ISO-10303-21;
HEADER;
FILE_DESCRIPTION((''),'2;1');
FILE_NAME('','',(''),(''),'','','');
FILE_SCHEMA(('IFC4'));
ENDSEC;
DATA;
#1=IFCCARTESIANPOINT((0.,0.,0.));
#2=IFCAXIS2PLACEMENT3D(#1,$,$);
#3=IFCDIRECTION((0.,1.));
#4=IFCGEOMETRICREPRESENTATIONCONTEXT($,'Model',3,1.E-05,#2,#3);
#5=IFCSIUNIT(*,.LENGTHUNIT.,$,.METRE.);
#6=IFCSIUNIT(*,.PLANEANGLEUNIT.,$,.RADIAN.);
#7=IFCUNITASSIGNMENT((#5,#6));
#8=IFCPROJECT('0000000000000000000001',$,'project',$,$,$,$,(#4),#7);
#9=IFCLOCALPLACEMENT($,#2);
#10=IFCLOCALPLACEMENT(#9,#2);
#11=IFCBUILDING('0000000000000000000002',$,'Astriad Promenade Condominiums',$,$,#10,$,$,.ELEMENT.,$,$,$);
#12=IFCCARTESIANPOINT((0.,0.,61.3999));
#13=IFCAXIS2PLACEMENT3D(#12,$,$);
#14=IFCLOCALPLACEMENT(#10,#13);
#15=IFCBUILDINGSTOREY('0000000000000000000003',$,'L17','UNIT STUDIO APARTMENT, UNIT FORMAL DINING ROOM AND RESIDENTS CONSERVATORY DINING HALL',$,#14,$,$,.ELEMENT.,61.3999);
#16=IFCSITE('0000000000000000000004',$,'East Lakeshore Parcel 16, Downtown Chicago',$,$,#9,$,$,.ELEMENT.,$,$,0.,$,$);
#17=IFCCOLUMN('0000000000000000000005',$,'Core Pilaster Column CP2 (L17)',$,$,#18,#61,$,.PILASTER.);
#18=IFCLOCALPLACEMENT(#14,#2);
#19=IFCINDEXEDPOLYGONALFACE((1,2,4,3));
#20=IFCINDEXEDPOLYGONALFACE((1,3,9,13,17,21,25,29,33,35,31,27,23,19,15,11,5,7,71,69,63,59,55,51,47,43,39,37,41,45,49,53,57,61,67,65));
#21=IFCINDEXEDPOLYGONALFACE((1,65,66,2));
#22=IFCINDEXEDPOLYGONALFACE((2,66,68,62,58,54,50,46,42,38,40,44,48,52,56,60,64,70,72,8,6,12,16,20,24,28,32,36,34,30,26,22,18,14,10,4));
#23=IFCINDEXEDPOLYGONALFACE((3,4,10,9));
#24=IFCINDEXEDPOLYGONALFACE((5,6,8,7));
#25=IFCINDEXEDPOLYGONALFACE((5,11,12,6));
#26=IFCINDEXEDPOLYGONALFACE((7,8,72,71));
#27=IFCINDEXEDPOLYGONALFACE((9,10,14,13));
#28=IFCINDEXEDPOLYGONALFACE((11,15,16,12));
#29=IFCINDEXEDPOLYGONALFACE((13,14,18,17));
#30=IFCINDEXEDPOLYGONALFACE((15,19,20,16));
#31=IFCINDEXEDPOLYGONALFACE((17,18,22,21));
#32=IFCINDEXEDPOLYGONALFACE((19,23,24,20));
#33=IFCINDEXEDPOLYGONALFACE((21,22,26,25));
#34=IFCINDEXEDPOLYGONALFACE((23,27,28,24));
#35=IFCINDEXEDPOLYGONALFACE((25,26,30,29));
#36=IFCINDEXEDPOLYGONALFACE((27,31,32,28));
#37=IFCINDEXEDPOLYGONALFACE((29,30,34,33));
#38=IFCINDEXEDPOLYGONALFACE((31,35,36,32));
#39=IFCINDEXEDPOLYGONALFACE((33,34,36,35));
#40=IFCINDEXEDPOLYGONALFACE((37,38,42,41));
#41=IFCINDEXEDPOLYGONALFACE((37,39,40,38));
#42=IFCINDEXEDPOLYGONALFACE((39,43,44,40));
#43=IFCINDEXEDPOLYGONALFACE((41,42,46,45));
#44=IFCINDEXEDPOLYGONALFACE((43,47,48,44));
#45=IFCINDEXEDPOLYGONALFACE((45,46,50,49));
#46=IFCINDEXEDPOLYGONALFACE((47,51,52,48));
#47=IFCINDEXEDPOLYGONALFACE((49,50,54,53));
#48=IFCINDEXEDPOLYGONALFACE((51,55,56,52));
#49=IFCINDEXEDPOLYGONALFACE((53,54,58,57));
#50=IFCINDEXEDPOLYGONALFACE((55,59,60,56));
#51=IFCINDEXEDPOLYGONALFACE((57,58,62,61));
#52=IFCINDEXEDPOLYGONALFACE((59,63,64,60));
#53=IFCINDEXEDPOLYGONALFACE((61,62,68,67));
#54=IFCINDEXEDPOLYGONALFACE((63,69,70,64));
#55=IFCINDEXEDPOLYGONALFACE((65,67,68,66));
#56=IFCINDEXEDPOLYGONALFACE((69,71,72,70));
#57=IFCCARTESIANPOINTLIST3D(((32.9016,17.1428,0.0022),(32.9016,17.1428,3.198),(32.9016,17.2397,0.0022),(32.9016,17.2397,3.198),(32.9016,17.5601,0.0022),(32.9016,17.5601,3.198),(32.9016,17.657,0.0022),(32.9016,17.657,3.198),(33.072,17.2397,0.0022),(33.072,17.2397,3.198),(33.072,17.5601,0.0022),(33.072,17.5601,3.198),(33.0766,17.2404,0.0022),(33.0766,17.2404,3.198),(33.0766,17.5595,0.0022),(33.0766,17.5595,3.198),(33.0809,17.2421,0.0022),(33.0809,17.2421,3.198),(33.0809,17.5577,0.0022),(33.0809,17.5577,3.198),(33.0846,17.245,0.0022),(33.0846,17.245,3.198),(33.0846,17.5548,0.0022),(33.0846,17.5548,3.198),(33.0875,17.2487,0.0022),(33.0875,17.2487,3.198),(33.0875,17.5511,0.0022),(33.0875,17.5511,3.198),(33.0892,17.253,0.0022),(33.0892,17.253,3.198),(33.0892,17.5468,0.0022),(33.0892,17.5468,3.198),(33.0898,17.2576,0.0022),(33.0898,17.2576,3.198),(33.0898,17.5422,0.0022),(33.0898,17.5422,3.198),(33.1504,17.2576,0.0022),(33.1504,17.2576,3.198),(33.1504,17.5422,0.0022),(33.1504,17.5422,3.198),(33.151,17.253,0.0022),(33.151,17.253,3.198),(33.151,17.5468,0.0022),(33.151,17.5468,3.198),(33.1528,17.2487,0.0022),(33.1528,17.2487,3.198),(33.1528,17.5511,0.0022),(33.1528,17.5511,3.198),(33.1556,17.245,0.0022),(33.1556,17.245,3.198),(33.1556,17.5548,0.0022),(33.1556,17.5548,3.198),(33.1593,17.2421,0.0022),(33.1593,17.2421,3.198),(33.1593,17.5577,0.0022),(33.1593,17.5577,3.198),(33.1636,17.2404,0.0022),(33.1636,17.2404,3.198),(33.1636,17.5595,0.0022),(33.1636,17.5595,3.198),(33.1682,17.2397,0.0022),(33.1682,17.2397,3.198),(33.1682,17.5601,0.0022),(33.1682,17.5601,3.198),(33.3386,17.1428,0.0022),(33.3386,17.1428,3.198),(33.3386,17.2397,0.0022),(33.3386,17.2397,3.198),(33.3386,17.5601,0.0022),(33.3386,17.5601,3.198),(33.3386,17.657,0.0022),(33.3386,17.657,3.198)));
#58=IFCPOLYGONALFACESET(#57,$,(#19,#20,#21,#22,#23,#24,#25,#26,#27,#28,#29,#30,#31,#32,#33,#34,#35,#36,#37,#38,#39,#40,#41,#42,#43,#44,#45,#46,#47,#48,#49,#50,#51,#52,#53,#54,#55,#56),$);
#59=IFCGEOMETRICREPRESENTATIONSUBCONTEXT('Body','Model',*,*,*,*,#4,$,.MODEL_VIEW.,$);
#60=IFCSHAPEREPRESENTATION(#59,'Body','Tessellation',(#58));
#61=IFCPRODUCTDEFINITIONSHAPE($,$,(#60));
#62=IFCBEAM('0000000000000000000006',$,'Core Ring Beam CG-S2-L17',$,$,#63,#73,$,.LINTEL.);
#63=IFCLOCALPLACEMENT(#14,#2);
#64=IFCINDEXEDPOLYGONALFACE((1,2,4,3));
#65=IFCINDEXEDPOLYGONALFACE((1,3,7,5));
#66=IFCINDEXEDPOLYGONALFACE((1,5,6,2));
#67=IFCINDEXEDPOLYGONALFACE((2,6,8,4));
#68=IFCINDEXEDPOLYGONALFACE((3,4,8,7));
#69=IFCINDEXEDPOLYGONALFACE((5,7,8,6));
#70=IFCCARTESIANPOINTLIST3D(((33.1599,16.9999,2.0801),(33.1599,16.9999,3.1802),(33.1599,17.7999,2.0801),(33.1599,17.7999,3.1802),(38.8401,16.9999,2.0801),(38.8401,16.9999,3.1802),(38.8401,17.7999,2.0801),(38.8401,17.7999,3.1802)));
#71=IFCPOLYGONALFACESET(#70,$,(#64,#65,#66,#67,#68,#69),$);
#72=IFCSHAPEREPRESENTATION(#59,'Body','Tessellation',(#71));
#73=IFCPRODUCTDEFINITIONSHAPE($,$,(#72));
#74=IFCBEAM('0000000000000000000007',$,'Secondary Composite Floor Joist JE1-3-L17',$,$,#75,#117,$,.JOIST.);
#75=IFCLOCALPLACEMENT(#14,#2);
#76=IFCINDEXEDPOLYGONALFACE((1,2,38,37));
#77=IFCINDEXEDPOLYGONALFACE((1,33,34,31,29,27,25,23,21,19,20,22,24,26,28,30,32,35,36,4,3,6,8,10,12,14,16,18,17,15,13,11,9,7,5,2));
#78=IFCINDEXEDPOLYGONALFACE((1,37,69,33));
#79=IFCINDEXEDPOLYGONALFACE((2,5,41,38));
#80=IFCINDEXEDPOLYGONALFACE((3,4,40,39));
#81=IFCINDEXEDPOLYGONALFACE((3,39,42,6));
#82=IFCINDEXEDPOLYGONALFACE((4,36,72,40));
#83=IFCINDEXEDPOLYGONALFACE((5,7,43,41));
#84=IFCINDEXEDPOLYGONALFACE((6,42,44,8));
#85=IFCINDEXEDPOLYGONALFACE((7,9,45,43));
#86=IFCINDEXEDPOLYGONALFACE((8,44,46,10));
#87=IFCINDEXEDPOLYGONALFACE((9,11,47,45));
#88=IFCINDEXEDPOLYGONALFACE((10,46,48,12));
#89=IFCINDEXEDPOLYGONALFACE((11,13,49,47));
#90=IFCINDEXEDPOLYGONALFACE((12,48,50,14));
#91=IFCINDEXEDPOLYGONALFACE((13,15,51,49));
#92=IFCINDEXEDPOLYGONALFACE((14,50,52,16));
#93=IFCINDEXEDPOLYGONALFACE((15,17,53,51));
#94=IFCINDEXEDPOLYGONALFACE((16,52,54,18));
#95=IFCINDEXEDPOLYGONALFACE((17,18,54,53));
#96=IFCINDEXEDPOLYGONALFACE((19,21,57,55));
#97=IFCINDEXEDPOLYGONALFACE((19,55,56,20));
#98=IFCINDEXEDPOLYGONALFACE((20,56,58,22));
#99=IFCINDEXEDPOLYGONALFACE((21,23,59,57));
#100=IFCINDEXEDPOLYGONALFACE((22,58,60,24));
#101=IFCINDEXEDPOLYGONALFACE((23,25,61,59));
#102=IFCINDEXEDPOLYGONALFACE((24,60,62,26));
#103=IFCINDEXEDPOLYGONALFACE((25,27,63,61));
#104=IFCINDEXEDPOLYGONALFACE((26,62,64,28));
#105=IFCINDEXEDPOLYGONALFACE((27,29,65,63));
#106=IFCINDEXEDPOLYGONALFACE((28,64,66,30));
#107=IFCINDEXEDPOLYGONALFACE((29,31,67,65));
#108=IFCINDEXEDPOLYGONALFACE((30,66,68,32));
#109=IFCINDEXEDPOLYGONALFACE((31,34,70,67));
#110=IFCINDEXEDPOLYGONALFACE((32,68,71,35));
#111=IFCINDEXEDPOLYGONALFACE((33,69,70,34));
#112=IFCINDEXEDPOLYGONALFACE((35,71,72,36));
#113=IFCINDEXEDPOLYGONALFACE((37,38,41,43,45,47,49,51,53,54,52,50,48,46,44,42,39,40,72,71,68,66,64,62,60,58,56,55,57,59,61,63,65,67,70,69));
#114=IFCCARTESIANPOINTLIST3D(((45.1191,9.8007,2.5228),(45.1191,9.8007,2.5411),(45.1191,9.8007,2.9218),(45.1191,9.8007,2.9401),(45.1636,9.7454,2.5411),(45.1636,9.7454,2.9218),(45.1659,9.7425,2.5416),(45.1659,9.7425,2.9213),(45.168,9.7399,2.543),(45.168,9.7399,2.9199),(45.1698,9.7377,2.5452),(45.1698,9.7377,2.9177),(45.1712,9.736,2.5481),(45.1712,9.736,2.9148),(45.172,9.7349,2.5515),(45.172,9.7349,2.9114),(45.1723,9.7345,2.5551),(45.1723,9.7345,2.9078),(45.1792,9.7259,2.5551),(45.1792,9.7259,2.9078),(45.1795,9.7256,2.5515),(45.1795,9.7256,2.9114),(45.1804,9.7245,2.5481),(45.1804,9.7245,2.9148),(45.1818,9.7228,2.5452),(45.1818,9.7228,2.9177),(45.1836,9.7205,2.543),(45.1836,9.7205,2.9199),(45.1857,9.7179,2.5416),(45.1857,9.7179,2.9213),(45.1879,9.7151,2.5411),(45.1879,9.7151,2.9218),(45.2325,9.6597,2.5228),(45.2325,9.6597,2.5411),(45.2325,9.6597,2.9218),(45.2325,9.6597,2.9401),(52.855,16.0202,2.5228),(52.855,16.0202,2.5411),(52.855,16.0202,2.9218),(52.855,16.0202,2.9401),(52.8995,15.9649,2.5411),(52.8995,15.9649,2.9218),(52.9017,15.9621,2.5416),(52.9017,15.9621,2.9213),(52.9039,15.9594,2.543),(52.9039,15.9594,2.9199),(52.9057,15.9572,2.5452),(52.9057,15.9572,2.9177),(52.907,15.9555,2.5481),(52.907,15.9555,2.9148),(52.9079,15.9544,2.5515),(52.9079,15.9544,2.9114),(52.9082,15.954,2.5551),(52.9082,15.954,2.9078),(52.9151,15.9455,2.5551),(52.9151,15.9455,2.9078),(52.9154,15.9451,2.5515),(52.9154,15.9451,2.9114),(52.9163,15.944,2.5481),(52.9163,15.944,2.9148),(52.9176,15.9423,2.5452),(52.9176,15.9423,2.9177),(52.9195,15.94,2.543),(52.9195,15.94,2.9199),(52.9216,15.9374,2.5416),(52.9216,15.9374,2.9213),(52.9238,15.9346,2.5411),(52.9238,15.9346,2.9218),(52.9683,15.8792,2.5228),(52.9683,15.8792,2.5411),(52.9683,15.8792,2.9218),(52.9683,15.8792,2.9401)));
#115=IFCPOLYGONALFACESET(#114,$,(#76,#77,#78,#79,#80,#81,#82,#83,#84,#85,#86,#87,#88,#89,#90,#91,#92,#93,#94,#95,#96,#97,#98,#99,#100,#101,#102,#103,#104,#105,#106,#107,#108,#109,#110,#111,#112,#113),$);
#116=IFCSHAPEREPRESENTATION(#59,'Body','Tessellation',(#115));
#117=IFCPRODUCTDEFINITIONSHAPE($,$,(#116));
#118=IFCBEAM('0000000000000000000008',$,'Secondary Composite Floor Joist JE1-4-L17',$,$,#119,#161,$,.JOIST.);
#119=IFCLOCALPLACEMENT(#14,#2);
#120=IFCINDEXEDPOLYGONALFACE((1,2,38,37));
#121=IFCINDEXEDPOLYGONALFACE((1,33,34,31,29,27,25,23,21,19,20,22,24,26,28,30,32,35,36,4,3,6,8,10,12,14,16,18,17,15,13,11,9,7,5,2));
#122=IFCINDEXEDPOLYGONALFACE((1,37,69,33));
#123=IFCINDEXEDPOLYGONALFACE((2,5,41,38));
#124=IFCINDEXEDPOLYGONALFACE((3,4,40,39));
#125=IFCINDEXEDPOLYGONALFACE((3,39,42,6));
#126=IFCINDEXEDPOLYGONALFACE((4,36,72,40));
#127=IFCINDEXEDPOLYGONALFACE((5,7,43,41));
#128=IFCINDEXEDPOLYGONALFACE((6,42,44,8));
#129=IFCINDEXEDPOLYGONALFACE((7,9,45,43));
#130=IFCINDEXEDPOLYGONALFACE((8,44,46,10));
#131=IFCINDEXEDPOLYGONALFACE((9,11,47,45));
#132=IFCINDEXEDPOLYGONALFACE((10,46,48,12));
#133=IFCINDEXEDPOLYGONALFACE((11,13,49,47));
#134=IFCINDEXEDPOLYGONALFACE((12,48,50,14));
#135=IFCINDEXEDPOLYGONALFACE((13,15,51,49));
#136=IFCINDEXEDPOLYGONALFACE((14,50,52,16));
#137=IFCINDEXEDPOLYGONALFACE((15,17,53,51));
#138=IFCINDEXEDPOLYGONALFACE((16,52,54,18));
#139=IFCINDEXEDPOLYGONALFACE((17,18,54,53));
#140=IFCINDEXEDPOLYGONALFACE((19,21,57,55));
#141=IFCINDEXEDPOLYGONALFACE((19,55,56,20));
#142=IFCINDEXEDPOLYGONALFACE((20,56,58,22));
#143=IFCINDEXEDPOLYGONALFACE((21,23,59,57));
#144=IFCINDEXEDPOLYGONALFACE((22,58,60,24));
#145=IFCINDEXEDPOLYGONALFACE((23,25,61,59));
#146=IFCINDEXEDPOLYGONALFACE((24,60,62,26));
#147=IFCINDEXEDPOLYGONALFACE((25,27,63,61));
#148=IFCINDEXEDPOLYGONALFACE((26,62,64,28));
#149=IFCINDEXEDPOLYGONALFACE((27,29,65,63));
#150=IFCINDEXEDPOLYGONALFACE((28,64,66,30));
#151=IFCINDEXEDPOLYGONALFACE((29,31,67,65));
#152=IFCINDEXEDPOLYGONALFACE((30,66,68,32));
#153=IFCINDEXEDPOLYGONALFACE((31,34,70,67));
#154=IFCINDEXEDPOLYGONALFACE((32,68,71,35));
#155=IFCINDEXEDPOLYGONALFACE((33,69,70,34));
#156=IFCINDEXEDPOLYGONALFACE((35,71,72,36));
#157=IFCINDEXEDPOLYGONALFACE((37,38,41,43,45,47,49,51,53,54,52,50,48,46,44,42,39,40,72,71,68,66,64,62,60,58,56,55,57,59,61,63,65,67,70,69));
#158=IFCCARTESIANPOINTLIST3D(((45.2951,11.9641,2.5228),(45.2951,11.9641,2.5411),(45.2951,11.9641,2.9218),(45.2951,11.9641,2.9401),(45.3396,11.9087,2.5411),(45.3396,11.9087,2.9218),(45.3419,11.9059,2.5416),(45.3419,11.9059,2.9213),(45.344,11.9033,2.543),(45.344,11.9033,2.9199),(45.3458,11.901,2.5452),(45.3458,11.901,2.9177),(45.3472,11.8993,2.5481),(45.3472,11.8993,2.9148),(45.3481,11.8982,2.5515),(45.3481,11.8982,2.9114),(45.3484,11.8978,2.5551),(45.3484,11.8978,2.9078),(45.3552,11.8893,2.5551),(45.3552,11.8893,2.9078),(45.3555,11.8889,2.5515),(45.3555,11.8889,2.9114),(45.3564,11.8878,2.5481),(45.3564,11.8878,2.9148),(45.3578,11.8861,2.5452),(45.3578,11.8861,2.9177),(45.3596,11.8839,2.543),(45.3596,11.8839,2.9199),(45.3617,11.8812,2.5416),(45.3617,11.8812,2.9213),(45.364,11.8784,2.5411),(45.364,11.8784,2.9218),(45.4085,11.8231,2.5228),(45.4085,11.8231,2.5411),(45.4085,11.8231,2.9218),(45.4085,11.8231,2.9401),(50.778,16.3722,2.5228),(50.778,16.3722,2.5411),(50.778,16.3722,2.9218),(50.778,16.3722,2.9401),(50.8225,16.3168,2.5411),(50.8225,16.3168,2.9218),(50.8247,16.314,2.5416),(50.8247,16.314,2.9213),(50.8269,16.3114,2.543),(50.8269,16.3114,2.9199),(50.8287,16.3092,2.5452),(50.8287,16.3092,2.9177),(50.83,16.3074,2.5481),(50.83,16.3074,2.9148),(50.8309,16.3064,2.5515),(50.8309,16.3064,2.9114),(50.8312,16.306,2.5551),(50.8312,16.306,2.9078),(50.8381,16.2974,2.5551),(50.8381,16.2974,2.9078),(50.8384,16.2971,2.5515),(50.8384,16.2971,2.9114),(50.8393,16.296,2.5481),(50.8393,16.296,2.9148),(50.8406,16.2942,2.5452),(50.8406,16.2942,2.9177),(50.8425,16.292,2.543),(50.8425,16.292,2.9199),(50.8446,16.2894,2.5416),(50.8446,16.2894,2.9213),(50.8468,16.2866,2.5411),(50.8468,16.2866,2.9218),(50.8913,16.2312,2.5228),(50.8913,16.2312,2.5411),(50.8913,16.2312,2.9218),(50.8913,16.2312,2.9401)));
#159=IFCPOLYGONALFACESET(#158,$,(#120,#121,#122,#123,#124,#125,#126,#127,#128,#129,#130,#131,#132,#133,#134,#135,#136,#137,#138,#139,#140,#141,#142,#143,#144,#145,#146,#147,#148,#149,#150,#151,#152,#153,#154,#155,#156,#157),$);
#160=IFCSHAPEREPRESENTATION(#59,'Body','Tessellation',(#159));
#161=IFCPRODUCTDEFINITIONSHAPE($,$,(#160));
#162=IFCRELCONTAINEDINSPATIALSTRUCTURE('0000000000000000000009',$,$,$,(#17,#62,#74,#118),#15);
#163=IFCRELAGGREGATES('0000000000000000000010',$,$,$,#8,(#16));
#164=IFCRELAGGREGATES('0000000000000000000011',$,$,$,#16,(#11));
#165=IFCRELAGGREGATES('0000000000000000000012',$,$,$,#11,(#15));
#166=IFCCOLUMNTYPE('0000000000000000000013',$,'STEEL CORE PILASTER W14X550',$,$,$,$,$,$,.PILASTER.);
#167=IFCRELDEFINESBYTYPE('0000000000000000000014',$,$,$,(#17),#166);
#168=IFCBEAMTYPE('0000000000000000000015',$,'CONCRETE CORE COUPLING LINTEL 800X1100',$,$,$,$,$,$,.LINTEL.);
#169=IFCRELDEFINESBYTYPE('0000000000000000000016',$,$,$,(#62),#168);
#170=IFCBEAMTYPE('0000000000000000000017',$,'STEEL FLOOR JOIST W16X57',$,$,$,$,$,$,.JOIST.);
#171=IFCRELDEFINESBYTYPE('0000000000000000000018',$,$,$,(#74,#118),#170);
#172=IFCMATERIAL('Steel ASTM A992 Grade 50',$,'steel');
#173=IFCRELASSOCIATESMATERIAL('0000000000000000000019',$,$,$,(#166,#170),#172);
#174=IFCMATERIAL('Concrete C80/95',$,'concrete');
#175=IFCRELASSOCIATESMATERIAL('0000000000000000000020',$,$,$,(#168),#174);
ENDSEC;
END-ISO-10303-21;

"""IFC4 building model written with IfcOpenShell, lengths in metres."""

from ifc_helpers import new_model, si_unit, direction, frame, origin, origin_2d, place, context, subcontext, project, spatial, rectangle, i_section, extrude, source, transform, mapped, material, material_profile, profile_set, type_object, type_shapes, element, save


model = new_model("IFC4")

# Units and contexts
model_context = context("Model", 3, precision=1e-05, world=origin(), true_north=direction((0.0, 1.0)))
body_context = subcontext(model_context, "Body", "Model", "MODEL_VIEW")
ifc_project = project(units=[si_unit("LENGTHUNIT", "METRE"), si_unit("PLANEANGLEUNIT", "RADIAN")], contexts=[model_context])

# Site, building, storey
site_placement = place(None, origin())
site = spatial("IfcSite", under=ifc_project, at=site_placement, Name="East Lakeshore Parcel 16, Downtown Chicago", CompositionType="ELEMENT", RefElevation=0.0)
building_placement = place(site_placement, origin())
building = spatial("IfcBuilding", under=site, at=building_placement, Name="Astriad Promenade Condominiums", CompositionType="ELEMENT")
storey_placement = place(building_placement, frame((0.0, 0.0, 61.3999)))
storey = spatial("IfcBuildingStorey", under=building, at=storey_placement, Name="L17", Description="UNIT STUDIO APARTMENT, UNIT FORMAL DINING ROOM AND RESIDENTS CONSERVATORY DINING HALL", CompositionType="ELEMENT", Elevation=61.3999)

# Column
ifc_material_1 = material(Name="Steel ASTM A992 Grade 50", Category="steel")
ifc_material_profile_1 = material_profile(ifc_material_1, i_section(OverallWidth=0.437, OverallDepth=0.5142, WebThickness=0.0605, FlangeThickness=0.0969, FilletRadius=0.0178, at=origin_2d()), Name="W14X550")
ifc_profile_set_1 = profile_set([ifc_material_profile_1], Name="Steel ASTM A992 Grade 50")
column_type = type_object("IfcColumnType", Name="STEEL CORE PILASTER W14X550", PredefinedType="PILASTER", material=ifc_profile_set_1)
shared_shape_1 = source(origin(), body_context, "Body", "SweptSolid", [
    extrude(i_section(OverallWidth=0.437, OverallDepth=0.5142, WebThickness=0.0605, FlangeThickness=0.0969, FilletRadius=0.0178, at=origin_2d()), origin(), (0.0, 0.0, 1.0), 3.1958),
])
type_shapes(column_type, [shared_shape_1])
column_placement = place(storey_placement, frame((33.1201, 17.3999, 0.0022), z_axis=(0.0, 0.0, 1.0), x_axis=(1.0, 0.0, 0.0)))
element("IfcColumn", 1, at=column_placement, inside=storey, type_object=column_type, Name="Core Pilaster Column CP2 (L17)", PredefinedType="PILASTER", context=body_context, shape_type="MappedRepresentation", body=[
    mapped(shared_shape_1, transform((0.0, 0.0, 0.0), scale=1.0)),
])

# Beams
ifc_material_2 = material(Name="Concrete C80/95", Category="concrete")
ifc_material_profile_2 = material_profile(ifc_material_2, rectangle(XDim=0.8, YDim=1.1001, at=origin_2d()), Name="RC-BM-800X1100")
ifc_profile_set_2 = profile_set([ifc_material_profile_2], Name="Concrete C80/95")
beam_type_1 = type_object("IfcBeamType", Name="CONCRETE CORE COUPLING LINTEL 800X1100", PredefinedType="LINTEL", material=ifc_profile_set_2)
shared_shape_2 = source(origin(), body_context, "Body", "SweptSolid", [
    extrude(rectangle(XDim=0.8, YDim=1.1001, at=origin_2d()), origin(), (0.0, 0.0, 1.0), 5.6802),
])
type_shapes(beam_type_1, [shared_shape_2])
beam_1_placement = place(storey_placement, frame((33.1599, 17.3999, 2.6301), z_axis=(1.0, 0.0, 0.0), x_axis=(0.0, 1.0, 0.0)))
element("IfcBeam", 2, at=beam_1_placement, inside=storey, type_object=beam_type_1, Name="Core Ring Beam CG-S2-L17", PredefinedType="LINTEL", context=body_context, shape_type="MappedRepresentation", body=[
    mapped(shared_shape_2, transform((0.0, 0.0, 0.0), scale=1.0)),
])
ifc_material_profile_3 = material_profile(ifc_material_1, i_section(OverallWidth=0.1809, OverallDepth=0.4172, WebThickness=0.011, FlangeThickness=0.0183, FilletRadius=0.0139, at=origin_2d()), Name="W16X57")
ifc_profile_set_3 = profile_set([ifc_material_profile_3], Name="Steel ASTM A992 Grade 50")
beam_type_2 = type_object("IfcBeamType", Name="STEEL FLOOR JOIST W16X57", PredefinedType="JOIST", material=ifc_profile_set_3)
shared_shape_3 = source(origin(), body_context, "Body", "SweptSolid", [
    extrude(i_section(OverallWidth=0.1809, OverallDepth=0.4172, WebThickness=0.011, FlangeThickness=0.0183, FilletRadius=0.0139, at=origin_2d()), origin(), (0.0, 0.0, 1.0), 9.926),
])
beam_2_placement = place(storey_placement, frame((45.1758, 9.7302, 2.7314), z_axis=(0.779352, 0.626586, 0.0), x_axis=(-0.626586, 0.779352, 0.0)))
element("IfcBeam", 3, at=beam_2_placement, inside=storey, type_object=beam_type_2, Name="Secondary Composite Floor Joist JE1-3-L17", PredefinedType="JOIST", context=body_context, shape_type="MappedRepresentation", body=[
    mapped(shared_shape_3, transform((0.0, 0.0, 0.0), scale=1.0)),
])
shared_shape_4 = source(origin(), body_context, "Body", "SweptSolid", [
    extrude(i_section(OverallWidth=0.1809, OverallDepth=0.4172, WebThickness=0.011, FlangeThickness=0.0183, FilletRadius=0.0139, at=origin_2d()), origin(), (0.0, 0.0, 1.0), 7.0352),
])
beam_3_placement = place(storey_placement, frame((45.3518, 11.8936, 2.7314), z_axis=(0.77935, 0.626589, 0.0), x_axis=(-0.626589, 0.77935, 0.0)))
element("IfcBeam", 4, at=beam_3_placement, inside=storey, type_object=beam_type_2, Name="Secondary Composite Floor Joist JE1-4-L17", PredefinedType="JOIST", context=body_context, shape_type="MappedRepresentation", body=[
    mapped(shared_shape_4, transform((0.0, 0.0, 0.0), scale=1.0)),
])

save(model, "model.ifc")
